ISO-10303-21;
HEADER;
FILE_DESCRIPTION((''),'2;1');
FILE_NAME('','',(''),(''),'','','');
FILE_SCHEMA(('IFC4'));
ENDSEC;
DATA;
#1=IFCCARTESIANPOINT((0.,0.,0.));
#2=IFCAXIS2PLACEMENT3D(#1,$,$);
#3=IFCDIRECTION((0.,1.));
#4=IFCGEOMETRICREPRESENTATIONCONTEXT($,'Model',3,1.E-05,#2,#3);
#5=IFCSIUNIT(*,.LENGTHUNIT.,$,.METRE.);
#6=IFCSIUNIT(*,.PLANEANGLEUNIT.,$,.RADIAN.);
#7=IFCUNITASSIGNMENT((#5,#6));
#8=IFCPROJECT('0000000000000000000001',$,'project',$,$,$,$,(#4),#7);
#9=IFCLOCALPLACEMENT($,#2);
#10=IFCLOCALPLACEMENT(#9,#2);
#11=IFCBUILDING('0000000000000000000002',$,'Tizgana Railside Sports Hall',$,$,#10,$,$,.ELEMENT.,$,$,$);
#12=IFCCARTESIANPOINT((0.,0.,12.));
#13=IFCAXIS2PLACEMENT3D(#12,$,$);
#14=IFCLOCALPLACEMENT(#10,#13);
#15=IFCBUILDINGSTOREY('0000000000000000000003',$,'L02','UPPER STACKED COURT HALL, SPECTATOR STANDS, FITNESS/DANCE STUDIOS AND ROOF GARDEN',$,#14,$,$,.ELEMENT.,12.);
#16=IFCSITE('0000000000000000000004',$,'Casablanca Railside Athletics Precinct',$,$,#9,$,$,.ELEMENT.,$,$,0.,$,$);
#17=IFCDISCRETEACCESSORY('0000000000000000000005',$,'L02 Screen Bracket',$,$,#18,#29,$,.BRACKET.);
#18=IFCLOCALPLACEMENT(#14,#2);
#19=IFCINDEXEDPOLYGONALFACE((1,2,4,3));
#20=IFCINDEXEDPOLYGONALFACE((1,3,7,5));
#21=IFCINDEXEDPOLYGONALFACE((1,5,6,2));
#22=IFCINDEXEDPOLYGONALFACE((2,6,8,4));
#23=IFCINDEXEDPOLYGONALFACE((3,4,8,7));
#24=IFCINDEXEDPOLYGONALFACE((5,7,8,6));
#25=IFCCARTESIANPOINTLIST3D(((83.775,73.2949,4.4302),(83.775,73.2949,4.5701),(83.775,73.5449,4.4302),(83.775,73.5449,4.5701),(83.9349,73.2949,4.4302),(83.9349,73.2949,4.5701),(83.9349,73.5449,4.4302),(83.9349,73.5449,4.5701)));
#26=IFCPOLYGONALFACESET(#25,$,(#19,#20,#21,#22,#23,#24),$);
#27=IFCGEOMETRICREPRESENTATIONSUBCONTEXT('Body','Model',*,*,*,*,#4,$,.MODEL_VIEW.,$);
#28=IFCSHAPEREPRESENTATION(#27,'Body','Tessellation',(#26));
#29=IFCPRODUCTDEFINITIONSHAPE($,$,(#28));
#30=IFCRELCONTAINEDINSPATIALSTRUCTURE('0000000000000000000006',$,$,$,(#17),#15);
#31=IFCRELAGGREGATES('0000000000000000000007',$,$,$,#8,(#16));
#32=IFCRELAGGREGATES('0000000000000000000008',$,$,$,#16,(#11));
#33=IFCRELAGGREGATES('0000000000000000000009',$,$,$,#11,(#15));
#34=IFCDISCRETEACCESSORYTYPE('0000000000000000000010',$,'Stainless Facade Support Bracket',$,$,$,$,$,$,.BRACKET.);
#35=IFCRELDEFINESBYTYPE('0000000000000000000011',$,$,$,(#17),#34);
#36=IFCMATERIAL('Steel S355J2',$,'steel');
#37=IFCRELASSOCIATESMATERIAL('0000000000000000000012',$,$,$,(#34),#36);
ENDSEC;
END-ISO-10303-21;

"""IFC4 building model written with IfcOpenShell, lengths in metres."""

from ifc_helpers import new_model, si_unit, direction, frame, origin, origin_2d, place, context, subcontext, project, spatial, rectangle, extrude, material, type_object, element, save


model = new_model("IFC4")

# Units and contexts
model_context = context("Model", 3, precision=1e-05, world=origin(), true_north=direction((0.0, 1.0)))
body_context = subcontext(model_context, "Body", "Model", "MODEL_VIEW")
ifc_project = project(units=[si_unit("LENGTHUNIT", "METRE"), si_unit("PLANEANGLEUNIT", "RADIAN")], contexts=[model_context])

# Site, building, storey
site_placement = place(None, origin())
site = spatial("IfcSite", under=ifc_project, at=site_placement, Name="Casablanca Railside Athletics Precinct", CompositionType="ELEMENT", RefElevation=0.0)
building_placement = place(site_placement, origin())
building = spatial("IfcBuilding", under=site, at=building_placement, Name="Tizgana Railside Sports Hall", CompositionType="ELEMENT")
storey_placement = place(building_placement, frame((0.0, 0.0, 12.0)))
storey = spatial("IfcBuildingStorey", under=building, at=storey_placement, Name="L02", Description="UPPER STACKED COURT HALL, SPECTATOR STANDS, FITNESS/DANCE STUDIOS AND ROOF GARDEN", CompositionType="ELEMENT", Elevation=12.0)

# Shared definitions
ifc_material_1 = material(Name="Steel S355J2", Category="steel")

# Discrete accessory
discrete_accessory_type = type_object("IfcDiscreteAccessoryType", Name="Stainless Facade Support Bracket", PredefinedType="BRACKET", material=ifc_material_1)
for number, where, z_axis, x_axis, name in (
    (1, (83.855, 73.4199, 4.4302), (0.0, 0.0, 1.0), (1.0, 0.0, 0.0), "L02 Screen Bracket"),
):
    element("IfcDiscreteAccessory", number, at=place(storey_placement, frame(where, z_axis=z_axis, x_axis=x_axis)), inside=storey, type_object=discrete_accessory_type, Name=name, PredefinedType="BRACKET", context=body_context, shape_type="SweptSolid", body=[
        extrude(rectangle(XDim=0.1599, YDim=0.25, at=origin_2d()), origin(), (0.0, 0.0, 1.0), 0.1399),
    ])

save(model, "model.ifc")
